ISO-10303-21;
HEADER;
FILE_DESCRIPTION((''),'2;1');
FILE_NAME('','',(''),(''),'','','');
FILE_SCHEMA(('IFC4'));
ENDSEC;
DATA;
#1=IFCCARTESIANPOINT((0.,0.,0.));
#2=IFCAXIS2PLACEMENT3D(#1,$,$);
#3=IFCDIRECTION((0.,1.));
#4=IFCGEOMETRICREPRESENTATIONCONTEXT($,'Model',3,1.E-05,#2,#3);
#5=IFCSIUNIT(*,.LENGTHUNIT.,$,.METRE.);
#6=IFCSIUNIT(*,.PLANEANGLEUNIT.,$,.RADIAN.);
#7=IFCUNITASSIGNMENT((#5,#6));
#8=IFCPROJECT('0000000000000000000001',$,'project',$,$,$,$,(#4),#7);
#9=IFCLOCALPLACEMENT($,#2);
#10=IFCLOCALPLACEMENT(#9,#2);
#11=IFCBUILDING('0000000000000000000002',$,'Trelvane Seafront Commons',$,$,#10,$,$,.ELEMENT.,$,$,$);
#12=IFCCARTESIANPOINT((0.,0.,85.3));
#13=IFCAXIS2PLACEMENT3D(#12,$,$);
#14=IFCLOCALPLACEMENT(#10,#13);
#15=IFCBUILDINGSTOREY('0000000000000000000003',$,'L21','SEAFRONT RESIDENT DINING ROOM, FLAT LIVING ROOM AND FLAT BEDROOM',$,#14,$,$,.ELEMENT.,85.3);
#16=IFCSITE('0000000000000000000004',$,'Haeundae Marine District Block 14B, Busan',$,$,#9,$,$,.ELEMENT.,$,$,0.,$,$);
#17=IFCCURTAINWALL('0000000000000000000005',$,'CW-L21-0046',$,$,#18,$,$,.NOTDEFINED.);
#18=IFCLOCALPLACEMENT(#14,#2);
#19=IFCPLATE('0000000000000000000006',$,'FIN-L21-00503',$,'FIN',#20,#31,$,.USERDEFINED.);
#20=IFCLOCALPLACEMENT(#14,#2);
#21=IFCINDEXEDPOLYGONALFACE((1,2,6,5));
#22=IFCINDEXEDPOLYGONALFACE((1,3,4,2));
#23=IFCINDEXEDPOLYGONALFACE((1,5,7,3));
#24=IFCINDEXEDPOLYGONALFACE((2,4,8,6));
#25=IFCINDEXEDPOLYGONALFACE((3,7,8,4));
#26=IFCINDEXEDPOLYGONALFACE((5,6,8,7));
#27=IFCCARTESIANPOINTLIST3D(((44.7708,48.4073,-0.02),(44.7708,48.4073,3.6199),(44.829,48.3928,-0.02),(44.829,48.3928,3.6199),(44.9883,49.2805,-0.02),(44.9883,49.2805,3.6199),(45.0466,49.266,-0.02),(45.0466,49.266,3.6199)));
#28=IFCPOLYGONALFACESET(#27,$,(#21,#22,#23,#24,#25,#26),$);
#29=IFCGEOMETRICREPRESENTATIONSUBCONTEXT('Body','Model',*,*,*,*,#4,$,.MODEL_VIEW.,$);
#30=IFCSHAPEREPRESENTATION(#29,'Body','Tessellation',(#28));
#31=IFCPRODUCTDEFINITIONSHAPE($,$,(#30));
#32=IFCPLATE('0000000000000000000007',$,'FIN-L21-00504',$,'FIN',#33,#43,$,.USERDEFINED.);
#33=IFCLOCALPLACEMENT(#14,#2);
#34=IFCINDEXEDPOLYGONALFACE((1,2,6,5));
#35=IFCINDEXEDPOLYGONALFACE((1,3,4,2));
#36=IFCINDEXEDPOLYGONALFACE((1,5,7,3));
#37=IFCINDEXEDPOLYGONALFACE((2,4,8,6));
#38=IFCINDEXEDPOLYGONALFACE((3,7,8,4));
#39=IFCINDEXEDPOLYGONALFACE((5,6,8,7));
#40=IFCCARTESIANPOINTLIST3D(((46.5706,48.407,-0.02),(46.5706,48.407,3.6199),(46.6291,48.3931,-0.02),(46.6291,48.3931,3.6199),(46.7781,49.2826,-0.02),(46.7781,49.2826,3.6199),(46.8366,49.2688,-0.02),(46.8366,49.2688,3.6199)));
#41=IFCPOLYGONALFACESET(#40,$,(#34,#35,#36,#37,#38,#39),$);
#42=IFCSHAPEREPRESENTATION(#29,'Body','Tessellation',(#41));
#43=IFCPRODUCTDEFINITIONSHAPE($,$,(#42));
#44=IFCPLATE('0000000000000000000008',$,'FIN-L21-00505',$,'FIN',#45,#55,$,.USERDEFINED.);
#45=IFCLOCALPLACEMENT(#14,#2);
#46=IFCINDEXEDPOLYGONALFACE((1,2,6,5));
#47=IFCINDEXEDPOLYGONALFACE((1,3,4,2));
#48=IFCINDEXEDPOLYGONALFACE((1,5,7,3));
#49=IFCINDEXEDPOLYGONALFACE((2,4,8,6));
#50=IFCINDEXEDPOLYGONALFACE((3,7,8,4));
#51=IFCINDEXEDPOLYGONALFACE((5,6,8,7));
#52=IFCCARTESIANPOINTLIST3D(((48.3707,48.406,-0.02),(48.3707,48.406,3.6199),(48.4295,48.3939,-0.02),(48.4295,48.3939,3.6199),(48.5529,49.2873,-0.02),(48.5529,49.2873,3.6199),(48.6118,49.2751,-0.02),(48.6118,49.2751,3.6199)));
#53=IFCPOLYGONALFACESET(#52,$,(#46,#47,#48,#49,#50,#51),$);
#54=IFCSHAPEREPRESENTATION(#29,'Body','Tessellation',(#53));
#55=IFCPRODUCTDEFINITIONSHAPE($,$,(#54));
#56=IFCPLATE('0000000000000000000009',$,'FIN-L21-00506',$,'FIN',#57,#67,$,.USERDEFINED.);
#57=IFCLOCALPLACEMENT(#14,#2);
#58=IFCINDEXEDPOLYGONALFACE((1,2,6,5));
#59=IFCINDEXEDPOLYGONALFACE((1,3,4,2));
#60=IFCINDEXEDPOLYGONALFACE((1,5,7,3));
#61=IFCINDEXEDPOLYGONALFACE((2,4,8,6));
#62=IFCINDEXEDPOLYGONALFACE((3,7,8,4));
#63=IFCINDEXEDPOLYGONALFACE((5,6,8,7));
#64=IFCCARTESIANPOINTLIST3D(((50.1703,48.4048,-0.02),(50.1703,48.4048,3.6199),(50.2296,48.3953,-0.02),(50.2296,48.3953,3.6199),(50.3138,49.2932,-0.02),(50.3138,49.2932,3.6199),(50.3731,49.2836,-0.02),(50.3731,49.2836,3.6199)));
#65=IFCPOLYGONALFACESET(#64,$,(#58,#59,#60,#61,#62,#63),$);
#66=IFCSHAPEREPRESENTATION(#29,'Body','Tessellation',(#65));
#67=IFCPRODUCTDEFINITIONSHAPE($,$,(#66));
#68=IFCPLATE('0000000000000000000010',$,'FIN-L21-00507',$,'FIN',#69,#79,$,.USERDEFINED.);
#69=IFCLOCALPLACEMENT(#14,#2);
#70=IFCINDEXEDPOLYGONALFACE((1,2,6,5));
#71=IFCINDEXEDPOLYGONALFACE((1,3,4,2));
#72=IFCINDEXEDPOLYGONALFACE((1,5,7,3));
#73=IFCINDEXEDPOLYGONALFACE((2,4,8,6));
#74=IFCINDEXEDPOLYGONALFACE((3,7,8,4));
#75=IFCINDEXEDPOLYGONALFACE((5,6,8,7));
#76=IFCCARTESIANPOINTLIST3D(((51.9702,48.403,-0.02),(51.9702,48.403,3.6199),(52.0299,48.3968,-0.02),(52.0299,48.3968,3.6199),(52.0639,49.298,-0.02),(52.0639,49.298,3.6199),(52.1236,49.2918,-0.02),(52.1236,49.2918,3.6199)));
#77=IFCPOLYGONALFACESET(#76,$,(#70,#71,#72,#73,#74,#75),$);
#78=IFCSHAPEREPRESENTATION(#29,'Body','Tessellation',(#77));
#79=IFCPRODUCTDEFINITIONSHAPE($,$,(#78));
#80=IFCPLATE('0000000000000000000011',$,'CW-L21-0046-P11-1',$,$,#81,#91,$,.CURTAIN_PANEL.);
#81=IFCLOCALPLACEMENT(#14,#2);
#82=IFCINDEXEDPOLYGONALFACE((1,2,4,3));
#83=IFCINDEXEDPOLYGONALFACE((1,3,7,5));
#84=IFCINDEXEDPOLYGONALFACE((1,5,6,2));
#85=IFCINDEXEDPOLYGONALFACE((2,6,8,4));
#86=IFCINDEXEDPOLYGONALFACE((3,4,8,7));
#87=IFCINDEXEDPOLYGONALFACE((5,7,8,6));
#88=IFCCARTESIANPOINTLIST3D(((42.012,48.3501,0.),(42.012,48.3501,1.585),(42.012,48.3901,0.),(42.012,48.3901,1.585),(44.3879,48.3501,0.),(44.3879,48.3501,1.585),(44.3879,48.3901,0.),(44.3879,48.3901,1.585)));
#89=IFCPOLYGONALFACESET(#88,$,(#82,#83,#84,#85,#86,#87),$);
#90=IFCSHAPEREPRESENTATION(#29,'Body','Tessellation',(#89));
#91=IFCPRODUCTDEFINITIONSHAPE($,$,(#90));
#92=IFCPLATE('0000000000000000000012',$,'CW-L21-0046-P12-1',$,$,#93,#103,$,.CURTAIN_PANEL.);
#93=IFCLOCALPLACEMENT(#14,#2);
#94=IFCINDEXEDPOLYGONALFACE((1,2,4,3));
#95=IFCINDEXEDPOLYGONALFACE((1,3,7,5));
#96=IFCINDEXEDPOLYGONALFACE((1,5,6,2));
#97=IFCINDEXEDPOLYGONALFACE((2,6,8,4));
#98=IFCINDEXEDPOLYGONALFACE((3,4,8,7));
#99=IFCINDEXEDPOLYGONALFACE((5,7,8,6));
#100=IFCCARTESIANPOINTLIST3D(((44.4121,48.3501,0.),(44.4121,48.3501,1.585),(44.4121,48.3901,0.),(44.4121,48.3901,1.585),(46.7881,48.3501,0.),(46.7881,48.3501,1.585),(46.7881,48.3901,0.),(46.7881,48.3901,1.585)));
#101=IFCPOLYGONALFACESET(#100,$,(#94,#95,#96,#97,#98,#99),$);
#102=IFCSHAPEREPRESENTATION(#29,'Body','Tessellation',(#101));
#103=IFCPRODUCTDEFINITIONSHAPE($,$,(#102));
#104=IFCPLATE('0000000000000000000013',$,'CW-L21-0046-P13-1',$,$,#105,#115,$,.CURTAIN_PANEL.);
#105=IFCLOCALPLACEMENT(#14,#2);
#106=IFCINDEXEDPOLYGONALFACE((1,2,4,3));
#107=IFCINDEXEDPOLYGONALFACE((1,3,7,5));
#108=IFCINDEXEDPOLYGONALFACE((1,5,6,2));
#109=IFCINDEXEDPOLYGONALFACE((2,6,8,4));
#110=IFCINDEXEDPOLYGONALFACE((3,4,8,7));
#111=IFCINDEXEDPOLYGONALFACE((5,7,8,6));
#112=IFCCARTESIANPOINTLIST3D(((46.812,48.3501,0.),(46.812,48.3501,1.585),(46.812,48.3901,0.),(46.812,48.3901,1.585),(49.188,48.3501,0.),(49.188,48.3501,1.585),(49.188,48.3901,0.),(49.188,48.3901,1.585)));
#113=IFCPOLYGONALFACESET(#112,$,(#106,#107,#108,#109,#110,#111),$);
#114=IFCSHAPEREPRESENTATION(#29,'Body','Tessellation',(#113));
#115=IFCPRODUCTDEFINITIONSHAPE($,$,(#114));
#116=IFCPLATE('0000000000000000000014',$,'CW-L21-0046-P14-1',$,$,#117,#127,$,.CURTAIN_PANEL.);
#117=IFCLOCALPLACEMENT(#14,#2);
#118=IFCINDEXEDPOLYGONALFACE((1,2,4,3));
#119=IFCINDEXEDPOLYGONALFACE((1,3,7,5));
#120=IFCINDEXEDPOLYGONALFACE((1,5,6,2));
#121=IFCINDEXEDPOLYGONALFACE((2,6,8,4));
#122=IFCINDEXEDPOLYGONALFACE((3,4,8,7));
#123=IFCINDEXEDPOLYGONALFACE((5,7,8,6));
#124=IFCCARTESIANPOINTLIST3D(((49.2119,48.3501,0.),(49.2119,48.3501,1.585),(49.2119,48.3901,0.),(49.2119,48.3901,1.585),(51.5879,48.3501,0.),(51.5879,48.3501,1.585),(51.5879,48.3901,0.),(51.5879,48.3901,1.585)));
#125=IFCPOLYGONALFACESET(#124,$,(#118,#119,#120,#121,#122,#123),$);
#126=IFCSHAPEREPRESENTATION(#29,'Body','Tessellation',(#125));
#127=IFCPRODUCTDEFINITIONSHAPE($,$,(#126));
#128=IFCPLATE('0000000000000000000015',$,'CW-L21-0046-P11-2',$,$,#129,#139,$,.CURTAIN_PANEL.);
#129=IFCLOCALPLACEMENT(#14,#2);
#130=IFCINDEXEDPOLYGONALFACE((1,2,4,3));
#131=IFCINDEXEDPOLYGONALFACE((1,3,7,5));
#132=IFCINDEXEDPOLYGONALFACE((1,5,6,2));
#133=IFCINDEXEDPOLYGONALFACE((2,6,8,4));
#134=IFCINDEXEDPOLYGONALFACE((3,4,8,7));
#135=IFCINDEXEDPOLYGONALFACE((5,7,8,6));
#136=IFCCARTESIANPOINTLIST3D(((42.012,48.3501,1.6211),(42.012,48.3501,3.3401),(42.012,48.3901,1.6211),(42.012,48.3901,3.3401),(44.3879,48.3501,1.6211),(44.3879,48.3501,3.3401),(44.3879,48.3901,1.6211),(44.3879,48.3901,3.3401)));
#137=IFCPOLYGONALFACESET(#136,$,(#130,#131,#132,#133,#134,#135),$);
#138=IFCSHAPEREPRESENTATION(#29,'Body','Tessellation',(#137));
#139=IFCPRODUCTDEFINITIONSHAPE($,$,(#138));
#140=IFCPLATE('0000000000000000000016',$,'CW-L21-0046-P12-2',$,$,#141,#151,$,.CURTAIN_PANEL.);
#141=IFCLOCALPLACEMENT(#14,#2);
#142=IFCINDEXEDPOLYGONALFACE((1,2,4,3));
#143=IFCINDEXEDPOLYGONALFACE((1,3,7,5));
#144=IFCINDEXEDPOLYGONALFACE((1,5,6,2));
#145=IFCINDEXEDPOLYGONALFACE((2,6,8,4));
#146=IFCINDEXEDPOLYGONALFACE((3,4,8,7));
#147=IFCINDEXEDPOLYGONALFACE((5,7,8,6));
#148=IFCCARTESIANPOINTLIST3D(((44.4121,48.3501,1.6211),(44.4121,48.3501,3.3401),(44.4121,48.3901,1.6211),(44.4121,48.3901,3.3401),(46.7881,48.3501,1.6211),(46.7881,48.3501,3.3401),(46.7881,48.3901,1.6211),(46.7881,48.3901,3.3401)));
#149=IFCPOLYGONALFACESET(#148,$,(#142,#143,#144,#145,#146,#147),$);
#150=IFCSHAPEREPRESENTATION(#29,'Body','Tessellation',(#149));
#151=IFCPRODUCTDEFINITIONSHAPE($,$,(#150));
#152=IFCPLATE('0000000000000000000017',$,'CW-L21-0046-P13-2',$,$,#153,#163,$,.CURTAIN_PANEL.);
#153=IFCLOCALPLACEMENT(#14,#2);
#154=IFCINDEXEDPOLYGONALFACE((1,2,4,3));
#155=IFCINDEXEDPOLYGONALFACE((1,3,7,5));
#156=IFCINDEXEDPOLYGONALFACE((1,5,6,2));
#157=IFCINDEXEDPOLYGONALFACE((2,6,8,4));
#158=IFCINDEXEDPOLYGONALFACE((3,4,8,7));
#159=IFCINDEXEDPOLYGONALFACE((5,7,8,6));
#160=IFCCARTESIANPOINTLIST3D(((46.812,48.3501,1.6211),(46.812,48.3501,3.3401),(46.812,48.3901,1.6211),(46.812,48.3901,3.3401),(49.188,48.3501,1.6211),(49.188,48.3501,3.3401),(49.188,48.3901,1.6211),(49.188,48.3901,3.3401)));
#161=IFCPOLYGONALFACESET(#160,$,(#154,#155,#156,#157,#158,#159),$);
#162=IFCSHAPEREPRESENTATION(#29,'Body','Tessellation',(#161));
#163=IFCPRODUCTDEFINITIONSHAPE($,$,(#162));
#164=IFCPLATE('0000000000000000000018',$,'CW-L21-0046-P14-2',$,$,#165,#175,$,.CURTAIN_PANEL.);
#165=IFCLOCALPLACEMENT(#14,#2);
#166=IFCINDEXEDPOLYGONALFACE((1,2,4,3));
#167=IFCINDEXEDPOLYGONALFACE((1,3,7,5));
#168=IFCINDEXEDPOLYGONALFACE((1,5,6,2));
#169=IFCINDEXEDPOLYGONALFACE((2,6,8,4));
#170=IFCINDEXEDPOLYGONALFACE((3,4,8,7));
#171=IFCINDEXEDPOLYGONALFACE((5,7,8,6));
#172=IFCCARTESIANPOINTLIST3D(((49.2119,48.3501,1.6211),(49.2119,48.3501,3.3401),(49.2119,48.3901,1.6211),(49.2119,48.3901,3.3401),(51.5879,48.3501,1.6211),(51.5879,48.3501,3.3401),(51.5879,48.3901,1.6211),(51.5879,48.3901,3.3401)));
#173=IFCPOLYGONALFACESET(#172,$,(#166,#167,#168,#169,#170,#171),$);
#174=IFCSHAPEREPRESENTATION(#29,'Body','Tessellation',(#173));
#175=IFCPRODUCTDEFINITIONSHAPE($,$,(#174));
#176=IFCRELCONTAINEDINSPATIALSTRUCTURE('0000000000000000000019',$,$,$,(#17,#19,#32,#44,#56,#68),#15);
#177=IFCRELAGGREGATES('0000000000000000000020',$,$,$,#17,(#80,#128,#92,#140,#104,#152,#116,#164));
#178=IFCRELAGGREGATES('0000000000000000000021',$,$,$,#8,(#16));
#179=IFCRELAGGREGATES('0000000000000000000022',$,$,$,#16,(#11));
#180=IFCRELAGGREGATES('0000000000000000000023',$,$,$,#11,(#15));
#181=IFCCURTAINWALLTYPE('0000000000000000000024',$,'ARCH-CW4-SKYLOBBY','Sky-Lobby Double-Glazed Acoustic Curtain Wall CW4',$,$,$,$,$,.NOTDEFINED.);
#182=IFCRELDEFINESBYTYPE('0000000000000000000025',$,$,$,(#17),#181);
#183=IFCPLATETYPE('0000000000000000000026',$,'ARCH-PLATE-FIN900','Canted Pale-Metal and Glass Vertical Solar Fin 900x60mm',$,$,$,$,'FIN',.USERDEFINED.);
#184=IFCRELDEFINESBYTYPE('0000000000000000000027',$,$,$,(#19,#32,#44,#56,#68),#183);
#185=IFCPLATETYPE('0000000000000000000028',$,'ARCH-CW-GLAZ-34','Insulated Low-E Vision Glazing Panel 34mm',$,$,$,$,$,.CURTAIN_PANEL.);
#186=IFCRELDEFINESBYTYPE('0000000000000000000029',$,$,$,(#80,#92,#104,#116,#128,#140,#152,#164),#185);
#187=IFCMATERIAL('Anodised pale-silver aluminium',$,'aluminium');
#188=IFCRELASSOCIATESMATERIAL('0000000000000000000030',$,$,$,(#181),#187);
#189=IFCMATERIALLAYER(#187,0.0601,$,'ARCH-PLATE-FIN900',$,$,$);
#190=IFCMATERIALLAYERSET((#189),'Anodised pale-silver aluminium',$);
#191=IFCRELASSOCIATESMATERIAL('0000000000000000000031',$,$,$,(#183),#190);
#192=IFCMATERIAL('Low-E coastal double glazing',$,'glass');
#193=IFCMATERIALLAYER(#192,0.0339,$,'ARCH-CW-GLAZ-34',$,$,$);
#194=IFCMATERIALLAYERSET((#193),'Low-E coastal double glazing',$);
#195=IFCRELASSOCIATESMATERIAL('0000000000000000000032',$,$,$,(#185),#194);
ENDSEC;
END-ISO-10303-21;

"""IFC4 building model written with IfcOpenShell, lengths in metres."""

from ifc_helpers import new_model, si_unit, direction, frame, origin, origin_2d, place, context, subcontext, project, spatial, rectangle, extrude, source, transform, mapped, material, layer, layer_set, type_object, element, aggregate, save


model = new_model("IFC4")

# Units and contexts
model_context = context("Model", 3, precision=1e-05, world=origin(), true_north=direction((0.0, 1.0)))
body_context = subcontext(model_context, "Body", "Model", "MODEL_VIEW")
ifc_project = project(units=[si_unit("LENGTHUNIT", "METRE"), si_unit("PLANEANGLEUNIT", "RADIAN")], contexts=[model_context])

# Site, building, storey
site_placement = place(None, origin())
site = spatial("IfcSite", under=ifc_project, at=site_placement, Name="Haeundae Marine District Block 14B, Busan", CompositionType="ELEMENT", RefElevation=0.0)
building_placement = place(site_placement, origin())
building = spatial("IfcBuilding", under=site, at=building_placement, Name="Trelvane Seafront Commons", CompositionType="ELEMENT")
storey_placement = place(building_placement, frame((0.0, 0.0, 85.3)))
storey = spatial("IfcBuildingStorey", under=building, at=storey_placement, Name="L21", Description="SEAFRONT RESIDENT DINING ROOM, FLAT LIVING ROOM AND FLAT BEDROOM", CompositionType="ELEMENT", Elevation=85.3)

# Curtain wall
ifc_material_1 = material(Name="Anodised pale-silver aluminium", Category="aluminium")
curtain_wall_type = type_object("IfcCurtainWallType", Name="ARCH-CW4-SKYLOBBY", Description="Sky-Lobby Double-Glazed Acoustic Curtain Wall CW4", PredefinedType="NOTDEFINED", material=ifc_material_1)
curtain_wall_placement = place(storey_placement, origin())
curtain_wall = element("IfcCurtainWall", 1, at=curtain_wall_placement, inside=storey, type_object=curtain_wall_type, Name="CW-L21-0046", PredefinedType="NOTDEFINED")

# Plates
ifc_layer_1 = layer(ifc_material_1, 0.0601, Name="ARCH-PLATE-FIN900")
ifc_layer_set_1 = layer_set([ifc_layer_1], Name="Anodised pale-silver aluminium")
plate_type_1 = type_object("IfcPlateType", Name="ARCH-PLATE-FIN900", Description="Canted Pale-Metal and Glass Vertical Solar Fin 900x60mm", ElementType="FIN", PredefinedType="USERDEFINED", material=ifc_layer_set_1)
shared_shape_1 = source(origin(), body_context, "Body", "SweptSolid", [
    extrude(rectangle(XDim=0.8999, YDim=0.0601, at=origin_2d()), origin(), (0.0, 0.0, 1.0), 3.6399),
])
for number, where, z_axis, x_axis, name in (
    (2, (44.9087, 48.8367, -0.02), (0.0, 0.0, 1.0), (0.241778, 0.970332, 0.0), "FIN-L21-00503"),
    (3, (46.7036, 48.8379, -0.02), (0.0, 0.0, 1.0), (0.230569, 0.973056, 0.0), "FIN-L21-00504"),
    (4, (48.4912, 48.8406, -0.02), (0.0, 0.0, 1.0), (0.202565, 0.979269, 0.0), "FIN-L21-00505"),
    (5, (50.2717, 48.8442, -0.02), (0.0, 0.0, 1.0), (0.159442, 0.987207, 0.0), "FIN-L21-00506"),
    (6, (52.0469, 48.8474, -0.02), (0.0, 0.0, 1.0), (0.104112, 0.994566, 0.0), "FIN-L21-00507"),
):
    element("IfcPlate", number, at=place(storey_placement, frame(where, z_axis=z_axis, x_axis=x_axis)), inside=storey, type_object=plate_type_1, Name=name, ObjectType="FIN", PredefinedType="USERDEFINED", context=body_context, shape_type="MappedRepresentation", body=[
        mapped(shared_shape_1, transform((0.0, 0.0, 0.0), x_axis=(1.0, 0.0, 0.0), y_axis=(0.0, 1.0, 0.0), z_axis=(0.0, 0.0, 1.0), scale=1.0)),
    ])

# Plates
ifc_material_2 = material(Name="Low-E coastal double glazing", Category="glass")
ifc_layer_2 = layer(ifc_material_2, 0.0339, Name="ARCH-CW-GLAZ-34")
ifc_layer_set_2 = layer_set([ifc_layer_2], Name="Low-E coastal double glazing")
plate_type_2 = type_object("IfcPlateType", Name="ARCH-CW-GLAZ-34", Description="Insulated Low-E Vision Glazing Panel 34mm", PredefinedType="CURTAIN_PANEL", material=ifc_layer_set_2)
shared_shape_2 = source(origin(), body_context, "Body", "SweptSolid", [
    extrude(rectangle(XDim=2.376, YDim=0.04, at=origin_2d()), origin(), (0.0, 0.0, 1.0), 1.585),
])
plate_1_placement = place(storey_placement, frame((43.2, 48.3701, 0.0), z_axis=(0.0, 0.0, 1.0), x_axis=(1.0, 0.0, 0.0)))
plate_1 = element("IfcPlate", 7, at=plate_1_placement, type_object=plate_type_2, Name="CW-L21-0046-P11-1", PredefinedType="CURTAIN_PANEL", context=body_context, shape_type="MappedRepresentation", body=[
    mapped(shared_shape_2, transform((0.0, 0.0, 0.0), x_axis=(1.0, 0.0, 0.0), y_axis=(0.0, 1.0, 0.0), z_axis=(0.0, 0.0, 1.0), scale=1.0)),
])
plate_2_placement = place(storey_placement, frame((45.6001, 48.3701, 0.0), z_axis=(0.0, 0.0, 1.0), x_axis=(1.0, 0.0, 0.0)))
plate_2 = element("IfcPlate", 8, at=plate_2_placement, type_object=plate_type_2, Name="CW-L21-0046-P12-1", PredefinedType="CURTAIN_PANEL", context=body_context, shape_type="MappedRepresentation", body=[
    mapped(shared_shape_2, transform((0.0, 0.0, 0.0), x_axis=(1.0, 0.0, 0.0), y_axis=(0.0, 1.0, 0.0), z_axis=(0.0, 0.0, 1.0), scale=1.0)),
])
plate_3_placement = place(storey_placement, frame((48.0, 48.3701, 0.0), z_axis=(0.0, 0.0, 1.0), x_axis=(1.0, 0.0, 0.0)))
plate_3 = element("IfcPlate", 9, at=plate_3_placement, type_object=plate_type_2, Name="CW-L21-0046-P13-1", PredefinedType="CURTAIN_PANEL", context=body_context, shape_type="MappedRepresentation", body=[
    mapped(shared_shape_2, transform((0.0, 0.0, 0.0), x_axis=(1.0, 0.0, 0.0), y_axis=(0.0, 1.0, 0.0), z_axis=(0.0, 0.0, 1.0), scale=1.0)),
])
plate_4_placement = place(storey_placement, frame((50.3999, 48.3701, 0.0), z_axis=(0.0, 0.0, 1.0), x_axis=(1.0, 0.0, 0.0)))
plate_4 = element("IfcPlate", 10, at=plate_4_placement, type_object=plate_type_2, Name="CW-L21-0046-P14-1", PredefinedType="CURTAIN_PANEL", context=body_context, shape_type="MappedRepresentation", body=[
    mapped(shared_shape_2, transform((0.0, 0.0, 0.0), x_axis=(1.0, 0.0, 0.0), y_axis=(0.0, 1.0, 0.0), z_axis=(0.0, 0.0, 1.0), scale=1.0)),
])
shared_shape_3 = source(origin(), body_context, "Body", "SweptSolid", [
    extrude(rectangle(XDim=2.376, YDim=0.04, at=origin_2d()), origin(), (0.0, 0.0, 1.0), 1.719),
])
plate_5_placement = place(storey_placement, frame((43.2, 48.3701, 1.6211), z_axis=(0.0, 0.0, 1.0), x_axis=(1.0, 0.0, 0.0)))
plate_5 = element("IfcPlate", 11, at=plate_5_placement, type_object=plate_type_2, Name="CW-L21-0046-P11-2", PredefinedType="CURTAIN_PANEL", context=body_context, shape_type="MappedRepresentation", body=[
    mapped(shared_shape_3, transform((0.0, 0.0, 0.0), x_axis=(1.0, 0.0, 0.0), y_axis=(0.0, 1.0, 0.0), z_axis=(0.0, 0.0, 1.0), scale=1.0)),
])
plate_6_placement = place(storey_placement, frame((45.6001, 48.3701, 1.6211), z_axis=(0.0, 0.0, 1.0), x_axis=(1.0, 0.0, 0.0)))
plate_6 = element("IfcPlate", 12, at=plate_6_placement, type_object=plate_type_2, Name="CW-L21-0046-P12-2", PredefinedType="CURTAIN_PANEL", context=body_context, shape_type="MappedRepresentation", body=[
    mapped(shared_shape_3, transform((0.0, 0.0, 0.0), x_axis=(1.0, 0.0, 0.0), y_axis=(0.0, 1.0, 0.0), z_axis=(0.0, 0.0, 1.0), scale=1.0)),
])
plate_7_placement = place(storey_placement, frame((48.0, 48.3701, 1.6211), z_axis=(0.0, 0.0, 1.0), x_axis=(1.0, 0.0, 0.0)))
plate_7 = element("IfcPlate", 13, at=plate_7_placement, type_object=plate_type_2, Name="CW-L21-0046-P13-2", PredefinedType="CURTAIN_PANEL", context=body_context, shape_type="MappedRepresentation", body=[
    mapped(shared_shape_3, transform((0.0, 0.0, 0.0), x_axis=(1.0, 0.0, 0.0), y_axis=(0.0, 1.0, 0.0), z_axis=(0.0, 0.0, 1.0), scale=1.0)),
])
plate_8_placement = place(storey_placement, frame((50.3999, 48.3701, 1.6211), z_axis=(0.0, 0.0, 1.0), x_axis=(1.0, 0.0, 0.0)))
plate_8 = element("IfcPlate", 14, at=plate_8_placement, type_object=plate_type_2, Name="CW-L21-0046-P14-2", PredefinedType="CURTAIN_PANEL", context=body_context, shape_type="MappedRepresentation", body=[
    mapped(shared_shape_3, transform((0.0, 0.0, 0.0), x_axis=(1.0, 0.0, 0.0), y_axis=(0.0, 1.0, 0.0), z_axis=(0.0, 0.0, 1.0), scale=1.0)),
])
aggregate(curtain_wall, [plate_1, plate_5, plate_2, plate_6, plate_3, plate_7, plate_4, plate_8])

save(model, "model.ifc")
